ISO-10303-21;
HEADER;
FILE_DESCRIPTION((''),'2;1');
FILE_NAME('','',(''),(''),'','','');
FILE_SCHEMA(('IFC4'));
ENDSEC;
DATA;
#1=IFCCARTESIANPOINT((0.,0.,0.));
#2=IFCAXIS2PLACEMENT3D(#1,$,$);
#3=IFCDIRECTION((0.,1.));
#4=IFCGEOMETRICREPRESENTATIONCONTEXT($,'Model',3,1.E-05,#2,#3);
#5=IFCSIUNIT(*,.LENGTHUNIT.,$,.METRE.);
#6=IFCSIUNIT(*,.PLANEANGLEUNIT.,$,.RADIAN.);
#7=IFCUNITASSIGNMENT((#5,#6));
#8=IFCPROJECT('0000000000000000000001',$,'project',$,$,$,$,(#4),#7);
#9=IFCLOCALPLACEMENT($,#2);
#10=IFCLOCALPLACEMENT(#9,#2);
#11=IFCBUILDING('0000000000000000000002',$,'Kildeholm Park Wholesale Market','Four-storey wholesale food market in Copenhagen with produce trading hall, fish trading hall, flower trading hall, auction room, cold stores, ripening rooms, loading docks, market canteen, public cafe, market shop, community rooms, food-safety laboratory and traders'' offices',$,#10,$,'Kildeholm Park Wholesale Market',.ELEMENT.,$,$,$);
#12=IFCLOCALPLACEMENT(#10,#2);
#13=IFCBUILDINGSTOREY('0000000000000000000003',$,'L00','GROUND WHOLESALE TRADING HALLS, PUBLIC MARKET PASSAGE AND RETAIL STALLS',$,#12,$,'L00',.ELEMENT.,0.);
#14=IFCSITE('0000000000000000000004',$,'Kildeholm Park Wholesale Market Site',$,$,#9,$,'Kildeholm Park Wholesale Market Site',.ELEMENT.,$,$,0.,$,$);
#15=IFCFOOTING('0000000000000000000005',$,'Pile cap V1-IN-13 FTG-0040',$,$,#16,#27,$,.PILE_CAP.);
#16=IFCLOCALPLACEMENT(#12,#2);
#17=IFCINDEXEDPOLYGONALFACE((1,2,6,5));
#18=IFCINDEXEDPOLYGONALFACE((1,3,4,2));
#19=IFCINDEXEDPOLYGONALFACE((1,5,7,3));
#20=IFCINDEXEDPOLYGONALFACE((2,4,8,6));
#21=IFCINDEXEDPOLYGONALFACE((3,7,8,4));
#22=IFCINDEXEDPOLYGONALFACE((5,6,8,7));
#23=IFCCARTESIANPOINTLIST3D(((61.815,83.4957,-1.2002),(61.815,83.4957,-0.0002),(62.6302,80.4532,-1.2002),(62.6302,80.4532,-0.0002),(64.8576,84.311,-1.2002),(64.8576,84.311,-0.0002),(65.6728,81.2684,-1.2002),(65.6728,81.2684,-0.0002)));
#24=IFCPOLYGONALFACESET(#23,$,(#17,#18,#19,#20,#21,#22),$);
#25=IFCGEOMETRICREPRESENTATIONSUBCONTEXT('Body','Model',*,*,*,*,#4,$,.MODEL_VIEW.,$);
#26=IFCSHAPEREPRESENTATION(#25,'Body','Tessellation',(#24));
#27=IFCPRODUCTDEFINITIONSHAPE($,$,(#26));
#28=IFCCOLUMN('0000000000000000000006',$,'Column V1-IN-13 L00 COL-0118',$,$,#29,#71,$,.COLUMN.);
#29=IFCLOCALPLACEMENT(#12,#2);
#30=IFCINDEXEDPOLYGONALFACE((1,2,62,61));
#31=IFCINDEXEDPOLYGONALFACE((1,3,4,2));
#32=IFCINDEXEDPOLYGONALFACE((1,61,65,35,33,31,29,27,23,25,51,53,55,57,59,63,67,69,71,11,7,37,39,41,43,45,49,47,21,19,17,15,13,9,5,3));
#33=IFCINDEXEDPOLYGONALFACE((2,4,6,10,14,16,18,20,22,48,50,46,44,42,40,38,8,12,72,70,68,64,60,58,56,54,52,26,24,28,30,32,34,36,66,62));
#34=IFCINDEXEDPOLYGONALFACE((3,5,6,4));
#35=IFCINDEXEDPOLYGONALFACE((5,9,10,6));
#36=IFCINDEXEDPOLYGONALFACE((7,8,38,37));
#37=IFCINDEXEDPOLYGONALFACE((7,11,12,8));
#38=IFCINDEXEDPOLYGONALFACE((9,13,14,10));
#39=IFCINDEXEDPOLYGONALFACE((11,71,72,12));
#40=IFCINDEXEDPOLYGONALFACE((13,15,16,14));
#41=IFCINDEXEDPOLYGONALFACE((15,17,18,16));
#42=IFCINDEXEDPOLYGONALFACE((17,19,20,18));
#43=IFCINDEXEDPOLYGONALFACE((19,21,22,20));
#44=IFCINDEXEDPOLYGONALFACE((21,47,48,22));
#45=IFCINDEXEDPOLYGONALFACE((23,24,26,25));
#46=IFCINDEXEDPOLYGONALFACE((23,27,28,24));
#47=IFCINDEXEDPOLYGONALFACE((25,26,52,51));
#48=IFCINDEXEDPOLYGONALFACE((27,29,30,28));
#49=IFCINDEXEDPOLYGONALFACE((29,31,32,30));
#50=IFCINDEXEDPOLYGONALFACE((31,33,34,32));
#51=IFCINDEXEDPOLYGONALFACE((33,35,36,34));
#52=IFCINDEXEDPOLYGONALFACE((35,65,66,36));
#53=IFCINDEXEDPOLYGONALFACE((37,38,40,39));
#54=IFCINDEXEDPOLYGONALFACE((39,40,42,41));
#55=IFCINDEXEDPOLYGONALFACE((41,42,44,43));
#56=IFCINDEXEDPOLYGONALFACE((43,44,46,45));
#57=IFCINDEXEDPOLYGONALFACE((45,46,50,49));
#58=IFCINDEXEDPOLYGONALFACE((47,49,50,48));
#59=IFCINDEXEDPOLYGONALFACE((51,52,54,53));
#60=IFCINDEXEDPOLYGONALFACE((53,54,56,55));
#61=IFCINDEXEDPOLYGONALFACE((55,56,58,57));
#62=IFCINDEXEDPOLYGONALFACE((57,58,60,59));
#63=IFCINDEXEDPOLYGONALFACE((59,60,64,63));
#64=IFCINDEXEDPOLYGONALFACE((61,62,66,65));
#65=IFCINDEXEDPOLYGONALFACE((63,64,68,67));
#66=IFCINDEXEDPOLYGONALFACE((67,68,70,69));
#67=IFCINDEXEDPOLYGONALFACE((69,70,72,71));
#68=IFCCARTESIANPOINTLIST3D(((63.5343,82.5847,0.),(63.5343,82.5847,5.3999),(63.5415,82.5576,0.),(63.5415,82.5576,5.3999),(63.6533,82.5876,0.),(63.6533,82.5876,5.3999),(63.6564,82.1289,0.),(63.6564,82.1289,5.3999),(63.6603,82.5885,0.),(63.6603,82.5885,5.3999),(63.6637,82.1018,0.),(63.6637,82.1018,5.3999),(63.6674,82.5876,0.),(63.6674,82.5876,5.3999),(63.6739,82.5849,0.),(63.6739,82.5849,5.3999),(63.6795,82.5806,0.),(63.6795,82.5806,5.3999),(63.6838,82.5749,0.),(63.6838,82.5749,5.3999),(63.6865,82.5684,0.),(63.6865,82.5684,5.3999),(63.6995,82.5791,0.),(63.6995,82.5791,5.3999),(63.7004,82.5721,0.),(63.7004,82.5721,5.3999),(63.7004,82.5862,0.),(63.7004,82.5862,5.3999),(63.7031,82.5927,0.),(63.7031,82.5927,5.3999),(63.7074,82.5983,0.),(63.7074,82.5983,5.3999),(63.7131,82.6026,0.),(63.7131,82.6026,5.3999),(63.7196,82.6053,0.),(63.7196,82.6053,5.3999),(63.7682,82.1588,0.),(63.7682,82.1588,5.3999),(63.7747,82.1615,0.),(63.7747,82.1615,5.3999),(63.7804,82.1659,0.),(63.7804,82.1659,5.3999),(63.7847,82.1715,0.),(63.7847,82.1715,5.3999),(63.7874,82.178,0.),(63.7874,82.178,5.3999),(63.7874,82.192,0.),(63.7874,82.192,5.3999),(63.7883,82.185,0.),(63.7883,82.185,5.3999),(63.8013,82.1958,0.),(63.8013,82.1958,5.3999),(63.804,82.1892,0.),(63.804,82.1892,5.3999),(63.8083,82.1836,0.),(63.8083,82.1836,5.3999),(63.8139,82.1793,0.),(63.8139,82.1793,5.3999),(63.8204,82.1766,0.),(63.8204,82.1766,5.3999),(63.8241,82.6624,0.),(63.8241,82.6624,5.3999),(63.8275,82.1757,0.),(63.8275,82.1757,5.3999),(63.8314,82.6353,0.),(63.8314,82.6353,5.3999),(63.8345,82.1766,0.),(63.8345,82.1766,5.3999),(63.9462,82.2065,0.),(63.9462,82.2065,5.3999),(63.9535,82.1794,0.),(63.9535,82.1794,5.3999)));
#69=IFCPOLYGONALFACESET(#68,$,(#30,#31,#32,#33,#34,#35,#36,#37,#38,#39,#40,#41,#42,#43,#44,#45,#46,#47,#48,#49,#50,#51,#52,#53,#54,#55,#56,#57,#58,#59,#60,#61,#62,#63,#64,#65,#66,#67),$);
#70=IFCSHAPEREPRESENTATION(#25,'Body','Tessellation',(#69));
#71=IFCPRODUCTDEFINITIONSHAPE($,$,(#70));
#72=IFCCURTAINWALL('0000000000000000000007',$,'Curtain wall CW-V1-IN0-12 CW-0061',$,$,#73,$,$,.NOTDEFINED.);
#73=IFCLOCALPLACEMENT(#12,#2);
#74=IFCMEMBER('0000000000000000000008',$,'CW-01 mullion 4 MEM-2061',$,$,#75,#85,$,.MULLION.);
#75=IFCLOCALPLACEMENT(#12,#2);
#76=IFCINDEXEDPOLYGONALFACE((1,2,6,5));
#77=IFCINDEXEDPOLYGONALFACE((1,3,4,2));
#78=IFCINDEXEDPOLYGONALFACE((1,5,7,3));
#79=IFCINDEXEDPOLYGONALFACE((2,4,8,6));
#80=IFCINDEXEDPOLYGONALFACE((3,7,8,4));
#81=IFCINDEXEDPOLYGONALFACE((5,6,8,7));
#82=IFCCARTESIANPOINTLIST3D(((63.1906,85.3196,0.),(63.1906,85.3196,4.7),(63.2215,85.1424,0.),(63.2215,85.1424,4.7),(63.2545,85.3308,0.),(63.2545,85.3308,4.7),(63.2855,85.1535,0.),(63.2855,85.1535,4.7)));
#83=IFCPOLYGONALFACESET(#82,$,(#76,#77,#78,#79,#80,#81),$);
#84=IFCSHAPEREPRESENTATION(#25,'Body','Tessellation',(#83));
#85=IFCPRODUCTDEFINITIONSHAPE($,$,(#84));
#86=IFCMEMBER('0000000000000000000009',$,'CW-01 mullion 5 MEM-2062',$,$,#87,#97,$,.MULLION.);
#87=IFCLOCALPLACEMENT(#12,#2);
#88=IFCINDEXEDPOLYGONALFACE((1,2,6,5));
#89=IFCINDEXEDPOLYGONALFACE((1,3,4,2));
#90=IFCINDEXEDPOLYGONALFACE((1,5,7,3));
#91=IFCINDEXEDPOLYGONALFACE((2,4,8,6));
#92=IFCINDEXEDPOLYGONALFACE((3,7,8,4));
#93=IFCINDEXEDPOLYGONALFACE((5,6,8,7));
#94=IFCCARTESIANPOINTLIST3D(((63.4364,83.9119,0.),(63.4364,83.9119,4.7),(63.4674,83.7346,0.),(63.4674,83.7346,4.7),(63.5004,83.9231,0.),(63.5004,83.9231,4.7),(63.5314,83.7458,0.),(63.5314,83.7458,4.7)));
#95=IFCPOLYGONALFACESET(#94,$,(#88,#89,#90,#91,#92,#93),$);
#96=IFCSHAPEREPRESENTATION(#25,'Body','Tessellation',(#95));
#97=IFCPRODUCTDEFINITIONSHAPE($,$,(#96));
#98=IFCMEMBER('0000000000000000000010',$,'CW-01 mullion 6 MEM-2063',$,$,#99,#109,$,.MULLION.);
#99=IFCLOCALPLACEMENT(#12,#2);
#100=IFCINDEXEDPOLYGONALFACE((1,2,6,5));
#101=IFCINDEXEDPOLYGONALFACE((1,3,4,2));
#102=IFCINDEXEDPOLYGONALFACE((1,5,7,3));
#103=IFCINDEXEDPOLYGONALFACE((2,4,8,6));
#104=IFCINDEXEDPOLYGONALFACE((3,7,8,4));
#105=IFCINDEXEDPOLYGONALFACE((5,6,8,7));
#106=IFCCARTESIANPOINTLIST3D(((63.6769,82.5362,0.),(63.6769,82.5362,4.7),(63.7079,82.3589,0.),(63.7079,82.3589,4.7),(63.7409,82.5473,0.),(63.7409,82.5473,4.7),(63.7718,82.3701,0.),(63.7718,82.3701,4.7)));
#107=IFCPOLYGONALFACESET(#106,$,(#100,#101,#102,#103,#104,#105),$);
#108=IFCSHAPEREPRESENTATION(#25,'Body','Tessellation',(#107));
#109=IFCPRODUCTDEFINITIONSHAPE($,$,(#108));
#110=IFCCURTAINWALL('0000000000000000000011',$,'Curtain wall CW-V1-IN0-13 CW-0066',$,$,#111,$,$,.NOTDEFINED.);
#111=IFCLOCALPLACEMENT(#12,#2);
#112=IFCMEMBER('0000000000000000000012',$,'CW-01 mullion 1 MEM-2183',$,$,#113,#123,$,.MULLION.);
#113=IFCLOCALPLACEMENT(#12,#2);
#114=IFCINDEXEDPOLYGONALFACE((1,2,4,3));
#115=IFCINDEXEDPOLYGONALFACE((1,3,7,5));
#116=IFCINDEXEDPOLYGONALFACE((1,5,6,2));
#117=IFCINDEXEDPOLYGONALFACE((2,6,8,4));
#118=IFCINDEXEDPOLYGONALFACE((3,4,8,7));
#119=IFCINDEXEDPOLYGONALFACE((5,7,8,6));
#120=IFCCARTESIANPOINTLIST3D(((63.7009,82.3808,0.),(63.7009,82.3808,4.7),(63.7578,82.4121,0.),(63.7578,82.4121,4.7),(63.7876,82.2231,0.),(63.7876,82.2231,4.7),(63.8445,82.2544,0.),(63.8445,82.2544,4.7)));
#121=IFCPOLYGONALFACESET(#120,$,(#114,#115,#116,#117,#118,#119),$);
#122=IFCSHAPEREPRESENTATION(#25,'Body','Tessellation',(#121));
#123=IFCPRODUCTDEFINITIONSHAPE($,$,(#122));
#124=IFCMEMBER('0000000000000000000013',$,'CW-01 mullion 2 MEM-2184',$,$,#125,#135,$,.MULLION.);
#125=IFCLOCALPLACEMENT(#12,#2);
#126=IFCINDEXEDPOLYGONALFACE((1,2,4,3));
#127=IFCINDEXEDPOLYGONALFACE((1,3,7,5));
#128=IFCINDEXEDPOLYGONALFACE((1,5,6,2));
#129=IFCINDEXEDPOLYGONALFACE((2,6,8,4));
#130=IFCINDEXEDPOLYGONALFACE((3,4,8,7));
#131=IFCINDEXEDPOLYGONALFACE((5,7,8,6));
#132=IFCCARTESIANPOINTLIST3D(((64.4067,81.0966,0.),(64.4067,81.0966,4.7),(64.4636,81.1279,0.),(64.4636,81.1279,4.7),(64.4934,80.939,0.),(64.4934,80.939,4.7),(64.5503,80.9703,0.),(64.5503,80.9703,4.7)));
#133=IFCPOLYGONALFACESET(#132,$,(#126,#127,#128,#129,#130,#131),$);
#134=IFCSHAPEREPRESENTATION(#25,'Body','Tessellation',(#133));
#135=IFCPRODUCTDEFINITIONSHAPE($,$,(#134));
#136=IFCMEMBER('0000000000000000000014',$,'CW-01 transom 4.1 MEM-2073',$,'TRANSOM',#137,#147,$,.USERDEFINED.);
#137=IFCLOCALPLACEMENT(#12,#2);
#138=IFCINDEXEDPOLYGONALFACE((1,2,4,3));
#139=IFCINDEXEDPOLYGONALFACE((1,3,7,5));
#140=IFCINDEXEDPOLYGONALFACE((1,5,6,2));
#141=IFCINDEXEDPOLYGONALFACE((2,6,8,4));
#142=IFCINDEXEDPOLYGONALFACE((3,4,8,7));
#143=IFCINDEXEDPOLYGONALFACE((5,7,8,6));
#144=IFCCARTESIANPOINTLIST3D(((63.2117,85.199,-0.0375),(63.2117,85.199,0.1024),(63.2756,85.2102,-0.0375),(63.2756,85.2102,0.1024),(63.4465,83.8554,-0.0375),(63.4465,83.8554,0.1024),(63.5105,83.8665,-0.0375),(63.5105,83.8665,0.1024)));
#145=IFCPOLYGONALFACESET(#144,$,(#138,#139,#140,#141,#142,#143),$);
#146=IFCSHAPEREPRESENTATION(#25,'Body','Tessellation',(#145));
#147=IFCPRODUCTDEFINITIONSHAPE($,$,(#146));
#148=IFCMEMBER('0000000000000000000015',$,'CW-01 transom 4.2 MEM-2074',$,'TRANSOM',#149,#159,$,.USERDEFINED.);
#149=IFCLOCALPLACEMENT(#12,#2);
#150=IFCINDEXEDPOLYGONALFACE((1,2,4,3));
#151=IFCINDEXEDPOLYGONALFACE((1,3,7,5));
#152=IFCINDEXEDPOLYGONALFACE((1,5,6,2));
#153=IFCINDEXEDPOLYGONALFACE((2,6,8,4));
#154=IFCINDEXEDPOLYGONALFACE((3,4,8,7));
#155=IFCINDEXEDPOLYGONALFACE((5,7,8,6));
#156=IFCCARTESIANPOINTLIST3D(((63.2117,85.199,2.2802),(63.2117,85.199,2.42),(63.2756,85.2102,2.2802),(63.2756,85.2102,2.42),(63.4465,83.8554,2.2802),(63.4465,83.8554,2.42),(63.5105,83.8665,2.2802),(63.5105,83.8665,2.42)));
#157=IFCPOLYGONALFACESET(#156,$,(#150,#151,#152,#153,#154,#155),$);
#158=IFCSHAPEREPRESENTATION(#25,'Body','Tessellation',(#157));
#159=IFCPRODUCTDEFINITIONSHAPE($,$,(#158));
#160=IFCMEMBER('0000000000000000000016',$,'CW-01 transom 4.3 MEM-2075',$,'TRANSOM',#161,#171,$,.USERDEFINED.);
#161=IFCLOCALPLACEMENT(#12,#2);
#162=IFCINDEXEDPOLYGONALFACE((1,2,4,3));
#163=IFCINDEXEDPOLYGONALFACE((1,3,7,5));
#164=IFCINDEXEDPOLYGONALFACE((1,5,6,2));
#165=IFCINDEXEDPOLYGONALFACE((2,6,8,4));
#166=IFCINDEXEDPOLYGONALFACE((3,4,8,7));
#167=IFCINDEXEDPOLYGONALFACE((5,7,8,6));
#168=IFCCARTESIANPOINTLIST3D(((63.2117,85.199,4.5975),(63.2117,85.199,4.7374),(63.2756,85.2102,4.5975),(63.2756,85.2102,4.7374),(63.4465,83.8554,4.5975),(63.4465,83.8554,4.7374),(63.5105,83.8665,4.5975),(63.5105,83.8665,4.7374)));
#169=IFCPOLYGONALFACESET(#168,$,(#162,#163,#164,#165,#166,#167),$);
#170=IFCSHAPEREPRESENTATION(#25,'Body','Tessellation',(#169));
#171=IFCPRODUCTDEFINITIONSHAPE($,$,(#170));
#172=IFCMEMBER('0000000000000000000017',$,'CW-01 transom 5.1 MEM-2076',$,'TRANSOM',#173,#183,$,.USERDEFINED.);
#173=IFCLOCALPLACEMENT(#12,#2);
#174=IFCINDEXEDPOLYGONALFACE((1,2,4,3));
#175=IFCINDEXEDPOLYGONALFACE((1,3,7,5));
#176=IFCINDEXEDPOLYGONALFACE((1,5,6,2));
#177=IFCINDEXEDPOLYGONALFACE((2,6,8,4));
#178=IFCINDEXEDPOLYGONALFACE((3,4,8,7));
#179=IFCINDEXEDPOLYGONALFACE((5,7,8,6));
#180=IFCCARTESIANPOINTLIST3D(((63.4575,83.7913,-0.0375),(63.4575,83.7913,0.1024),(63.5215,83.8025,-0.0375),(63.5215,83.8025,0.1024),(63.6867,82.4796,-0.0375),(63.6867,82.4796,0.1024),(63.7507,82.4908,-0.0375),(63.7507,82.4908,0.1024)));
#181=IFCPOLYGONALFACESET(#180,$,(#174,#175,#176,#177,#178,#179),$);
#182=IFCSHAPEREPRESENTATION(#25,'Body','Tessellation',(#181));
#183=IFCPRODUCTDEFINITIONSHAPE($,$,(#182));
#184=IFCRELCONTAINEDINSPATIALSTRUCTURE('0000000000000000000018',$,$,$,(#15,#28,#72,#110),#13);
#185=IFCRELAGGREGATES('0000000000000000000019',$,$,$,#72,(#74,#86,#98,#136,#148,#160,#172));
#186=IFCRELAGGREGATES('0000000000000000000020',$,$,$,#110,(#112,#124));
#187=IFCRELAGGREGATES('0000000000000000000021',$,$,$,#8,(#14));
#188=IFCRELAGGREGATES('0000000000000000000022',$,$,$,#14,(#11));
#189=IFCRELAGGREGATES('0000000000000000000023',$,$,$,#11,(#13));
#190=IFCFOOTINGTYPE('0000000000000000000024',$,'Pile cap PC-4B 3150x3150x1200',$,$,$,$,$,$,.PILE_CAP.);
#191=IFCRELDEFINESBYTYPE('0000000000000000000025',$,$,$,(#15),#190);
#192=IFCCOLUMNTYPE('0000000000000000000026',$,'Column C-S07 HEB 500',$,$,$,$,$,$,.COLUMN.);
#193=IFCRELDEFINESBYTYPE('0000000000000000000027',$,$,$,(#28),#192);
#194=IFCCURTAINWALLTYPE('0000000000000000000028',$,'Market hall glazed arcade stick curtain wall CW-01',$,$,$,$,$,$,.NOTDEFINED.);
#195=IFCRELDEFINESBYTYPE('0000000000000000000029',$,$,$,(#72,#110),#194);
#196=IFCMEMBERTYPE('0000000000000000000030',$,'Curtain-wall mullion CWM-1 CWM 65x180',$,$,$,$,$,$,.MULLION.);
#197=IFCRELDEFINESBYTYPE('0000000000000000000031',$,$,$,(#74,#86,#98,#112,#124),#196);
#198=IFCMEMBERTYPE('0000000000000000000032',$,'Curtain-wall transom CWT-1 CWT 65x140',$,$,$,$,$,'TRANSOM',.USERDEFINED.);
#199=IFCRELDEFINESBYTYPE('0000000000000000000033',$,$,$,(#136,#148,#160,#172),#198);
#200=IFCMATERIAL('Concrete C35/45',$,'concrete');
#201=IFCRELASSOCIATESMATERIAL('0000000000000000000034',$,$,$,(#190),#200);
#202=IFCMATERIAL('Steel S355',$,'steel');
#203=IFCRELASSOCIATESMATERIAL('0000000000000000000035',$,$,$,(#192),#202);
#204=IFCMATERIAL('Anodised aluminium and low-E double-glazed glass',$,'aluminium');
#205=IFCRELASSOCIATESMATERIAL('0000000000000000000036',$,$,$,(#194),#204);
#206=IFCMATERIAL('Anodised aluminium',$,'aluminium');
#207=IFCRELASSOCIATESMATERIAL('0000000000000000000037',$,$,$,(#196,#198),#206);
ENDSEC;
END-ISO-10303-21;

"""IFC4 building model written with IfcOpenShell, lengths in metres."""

from ifc_helpers import new_model, si_unit, direction, frame, origin, origin_2d, place, context, subcontext, project, spatial, rectangle, i_section, extrude, material, material_profile, profile_set, type_object, element, aggregate, save


model = new_model("IFC4")

# Units and contexts
model_context = context("Model", 3, precision=1e-05, world=origin(), true_north=direction((0.0, 1.0)))
body_context = subcontext(model_context, "Body", "Model", "MODEL_VIEW")
ifc_project = project(units=[si_unit("LENGTHUNIT", "METRE"), si_unit("PLANEANGLEUNIT", "RADIAN")], contexts=[model_context])

# Site, building, storey
site_placement = place(None, origin())
site = spatial("IfcSite", under=ifc_project, at=site_placement, Name="Kildeholm Park Wholesale Market Site", LongName="Kildeholm Park Wholesale Market Site", CompositionType="ELEMENT", RefElevation=0.0)
building_placement = place(site_placement, origin())
building = spatial("IfcBuilding", under=site, at=building_placement, Name="Kildeholm Park Wholesale Market", Description="Four-storey wholesale food market in Copenhagen with produce trading hall, fish trading hall, flower trading hall, auction room, cold stores, ripening rooms, loading docks, market canteen, public cafe, market shop, community rooms, food-safety laboratory and traders' offices", LongName="Kildeholm Park Wholesale Market", CompositionType="ELEMENT")
storey_placement = place(building_placement, origin())
storey = spatial("IfcBuildingStorey", under=building, at=storey_placement, Name="L00", Description="GROUND WHOLESALE TRADING HALLS, PUBLIC MARKET PASSAGE AND RETAIL STALLS", LongName="L00", CompositionType="ELEMENT", Elevation=0.0)

# Shared definitions
ifc_material_1 = material(Name="Concrete C35/45", Category="concrete")

# Footing
footing_type_1 = type_object("IfcFootingType", Name="Pile cap PC-4B 3150x3150x1200", PredefinedType="PILE_CAP", material=ifc_material_1)
footing_1_placement = place(storey_placement, frame((63.7439, 82.3821, -1.2002), z_axis=(0.0, 0.0, 1.0), x_axis=(-0.965926, -0.258819, 0.0)))
element("IfcFooting", 1, at=footing_1_placement, inside=storey, type_object=footing_type_1, Name="Pile cap V1-IN-13 FTG-0040", PredefinedType="PILE_CAP", context=body_context, shape_type="SweptSolid", body=[
    extrude(rectangle(XDim=3.1499, YDim=3.1499, at=origin_2d()), origin(), (0.0, 0.0, 1.0), 1.2),
])

# Column
ifc_material_2 = material(Name="Steel S355", Category="steel")
ifc_material_profile_1 = material_profile(ifc_material_2, i_section(OverallWidth=0.3, OverallDepth=0.5, WebThickness=0.0144, FlangeThickness=0.0281, FilletRadius=0.0271, at=origin_2d()), Name="HEB 500")
ifc_profile_set_1 = profile_set([ifc_material_profile_1], Name="Steel S355")
column_type = type_object("IfcColumnType", Name="Column C-S07 HEB 500", PredefinedType="COLUMN", material=ifc_profile_set_1)
column_placement = place(storey_placement, frame((63.7439, 82.3821, 0.0), z_axis=(0.0, 0.0, 1.0), x_axis=(-0.965926, -0.258819, 0.0)))
element("IfcColumn", 2, at=column_placement, inside=storey, type_object=column_type, Name="Column V1-IN-13 L00 COL-0118", PredefinedType="COLUMN", context=body_context, shape_type="SweptSolid", body=[
    extrude(i_section(OverallWidth=0.3, OverallDepth=0.5, WebThickness=0.0144, FlangeThickness=0.0281, FilletRadius=0.0271, at=origin_2d()), origin(), (0.0, 0.0, 1.0), 5.3999),
])

# Curtain walls, members
ifc_material_3 = material(Name="Anodised aluminium and low-E double-glazed glass", Category="aluminium")
curtain_wall_type = type_object("IfcCurtainWallType", Name="Market hall glazed arcade stick curtain wall CW-01", PredefinedType="NOTDEFINED", material=ifc_material_3)
curtain_wall_1_placement = place(storey_placement, origin())
curtain_wall_1 = element("IfcCurtainWall", 3, at=curtain_wall_1_placement, inside=storey, type_object=curtain_wall_type, Name="Curtain wall CW-V1-IN0-12 CW-0061", PredefinedType="NOTDEFINED")
ifc_material_4 = material(Name="Anodised aluminium", Category="aluminium")
ifc_material_profile_2 = material_profile(ifc_material_4, rectangle(XDim=0.0649, YDim=0.1799, at=origin_2d()), Name="CWM 65x180")
ifc_profile_set_2 = profile_set([ifc_material_profile_2], Name="Anodised aluminium")
member_type_1 = type_object("IfcMemberType", Name="Curtain-wall mullion CWM-1 CWM 65x180", PredefinedType="MULLION", material=ifc_profile_set_2)
member_1_placement = place(storey_placement, frame((63.238, 85.2366, 0.0), z_axis=(0.0, 0.0, 1.0), x_axis=(0.985074, 0.172133, 0.0)))
member_1 = element("IfcMember", 4, at=member_1_placement, type_object=member_type_1, Name="CW-01 mullion 4 MEM-2061", PredefinedType="MULLION", context=body_context, shape_type="SweptSolid", body=[
    extrude(rectangle(XDim=0.0649, YDim=0.1799, at=origin_2d()), origin(), (0.0, 0.0, 1.0), 4.7),
])
member_2_placement = place(storey_placement, frame((63.4839, 83.8289, 0.0), z_axis=(0.0, 0.0, 1.0), x_axis=(0.985074, 0.172133, 0.0)))
member_2 = element("IfcMember", 5, at=member_2_placement, type_object=member_type_1, Name="CW-01 mullion 5 MEM-2062", PredefinedType="MULLION", context=body_context, shape_type="SweptSolid", body=[
    extrude(rectangle(XDim=0.0649, YDim=0.1799, at=origin_2d()), origin(), (0.0, 0.0, 1.0), 4.7),
])
member_3_placement = place(storey_placement, frame((63.7244, 82.4531, 0.0), z_axis=(0.0, 0.0, 1.0), x_axis=(0.985074, 0.172133, 0.0)))
member_3 = element("IfcMember", 6, at=member_3_placement, type_object=member_type_1, Name="CW-01 mullion 6 MEM-2063", PredefinedType="MULLION", context=body_context, shape_type="SweptSolid", body=[
    extrude(rectangle(XDim=0.0649, YDim=0.1799, at=origin_2d()), origin(), (0.0, 0.0, 1.0), 4.7),
])
curtain_wall_2_placement = place(storey_placement, origin())
curtain_wall_2 = element("IfcCurtainWall", 7, at=curtain_wall_2_placement, inside=storey, type_object=curtain_wall_type, Name="Curtain wall CW-V1-IN0-13 CW-0066", PredefinedType="NOTDEFINED")
member_4_placement = place(storey_placement, frame((63.7727, 82.3176, 0.0), z_axis=(0.0, 0.0, 1.0), x_axis=(0.876309, 0.48175, 0.0)))
member_4 = element("IfcMember", 8, at=member_4_placement, type_object=member_type_1, Name="CW-01 mullion 1 MEM-2183", PredefinedType="MULLION", context=body_context, shape_type="SweptSolid", body=[
    extrude(rectangle(XDim=0.0649, YDim=0.1799, at=origin_2d()), origin(), (0.0, 0.0, 1.0), 4.7),
])
member_5_placement = place(storey_placement, frame((64.4785, 81.0334, 0.0), z_axis=(0.0, 0.0, 1.0), x_axis=(0.876309, 0.48175, 0.0)))
member_5 = element("IfcMember", 9, at=member_5_placement, type_object=member_type_1, Name="CW-01 mullion 2 MEM-2184", PredefinedType="MULLION", context=body_context, shape_type="SweptSolid", body=[
    extrude(rectangle(XDim=0.0649, YDim=0.1799, at=origin_2d()), origin(), (0.0, 0.0, 1.0), 4.7),
])

# Members
ifc_material_profile_3 = material_profile(ifc_material_4, rectangle(XDim=0.0649, YDim=0.1399, at=origin_2d()), Name="CWT 65x140")
ifc_profile_set_3 = profile_set([ifc_material_profile_3], Name="Anodised aluminium")
member_type_2 = type_object("IfcMemberType", Name="Curtain-wall transom CWT-1 CWT 65x140", ElementType="TRANSOM", PredefinedType="USERDEFINED", material=ifc_profile_set_3)
member_6_placement = place(storey_placement, frame((63.2437, 85.2046, 0.0325), z_axis=(0.172172, -0.985067, 0.0), x_axis=(0.985067, 0.172172, 0.0)))
member_6 = element("IfcMember", 10, at=member_6_placement, type_object=member_type_2, Name="CW-01 transom 4.1 MEM-2073", ObjectType="TRANSOM", PredefinedType="USERDEFINED", context=body_context, shape_type="SweptSolid", body=[
    extrude(rectangle(XDim=0.0649, YDim=0.1399, at=origin_2d()), origin(), (0.0, 0.0, 1.0), 1.364),
])
member_7_placement = place(storey_placement, frame((63.2437, 85.2046, 2.3501), z_axis=(0.172172, -0.985067, 0.0), x_axis=(0.985067, 0.172172, 0.0)))
member_7 = element("IfcMember", 11, at=member_7_placement, type_object=member_type_2, Name="CW-01 transom 4.2 MEM-2074", ObjectType="TRANSOM", PredefinedType="USERDEFINED", context=body_context, shape_type="SweptSolid", body=[
    extrude(rectangle(XDim=0.0649, YDim=0.1399, at=origin_2d()), origin(), (0.0, 0.0, 1.0), 1.364),
])
member_8_placement = place(storey_placement, frame((63.2437, 85.2046, 4.6675), z_axis=(0.172172, -0.985067, 0.0), x_axis=(0.985067, 0.172172, 0.0)))
member_8 = element("IfcMember", 12, at=member_8_placement, type_object=member_type_2, Name="CW-01 transom 4.3 MEM-2075", ObjectType="TRANSOM", PredefinedType="USERDEFINED", context=body_context, shape_type="SweptSolid", body=[
    extrude(rectangle(XDim=0.0649, YDim=0.1399, at=origin_2d()), origin(), (0.0, 0.0, 1.0), 1.364),
])
member_9_placement = place(storey_placement, frame((63.4895, 83.7969, 0.0325), z_axis=(0.172154, -0.98507, 0.0), x_axis=(0.98507, 0.172154, 0.0)))
member_9 = element("IfcMember", 13, at=member_9_placement, type_object=member_type_2, Name="CW-01 transom 5.1 MEM-2076", ObjectType="TRANSOM", PredefinedType="USERDEFINED", context=body_context, shape_type="SweptSolid", body=[
    extrude(rectangle(XDim=0.0649, YDim=0.1399, at=origin_2d()), origin(), (0.0, 0.0, 1.0), 1.3315),
])

aggregate(curtain_wall_1, [member_1, member_2, member_3, member_6, member_7, member_8, member_9])
aggregate(curtain_wall_2, [member_4, member_5])

save(model, "model.ifc")
